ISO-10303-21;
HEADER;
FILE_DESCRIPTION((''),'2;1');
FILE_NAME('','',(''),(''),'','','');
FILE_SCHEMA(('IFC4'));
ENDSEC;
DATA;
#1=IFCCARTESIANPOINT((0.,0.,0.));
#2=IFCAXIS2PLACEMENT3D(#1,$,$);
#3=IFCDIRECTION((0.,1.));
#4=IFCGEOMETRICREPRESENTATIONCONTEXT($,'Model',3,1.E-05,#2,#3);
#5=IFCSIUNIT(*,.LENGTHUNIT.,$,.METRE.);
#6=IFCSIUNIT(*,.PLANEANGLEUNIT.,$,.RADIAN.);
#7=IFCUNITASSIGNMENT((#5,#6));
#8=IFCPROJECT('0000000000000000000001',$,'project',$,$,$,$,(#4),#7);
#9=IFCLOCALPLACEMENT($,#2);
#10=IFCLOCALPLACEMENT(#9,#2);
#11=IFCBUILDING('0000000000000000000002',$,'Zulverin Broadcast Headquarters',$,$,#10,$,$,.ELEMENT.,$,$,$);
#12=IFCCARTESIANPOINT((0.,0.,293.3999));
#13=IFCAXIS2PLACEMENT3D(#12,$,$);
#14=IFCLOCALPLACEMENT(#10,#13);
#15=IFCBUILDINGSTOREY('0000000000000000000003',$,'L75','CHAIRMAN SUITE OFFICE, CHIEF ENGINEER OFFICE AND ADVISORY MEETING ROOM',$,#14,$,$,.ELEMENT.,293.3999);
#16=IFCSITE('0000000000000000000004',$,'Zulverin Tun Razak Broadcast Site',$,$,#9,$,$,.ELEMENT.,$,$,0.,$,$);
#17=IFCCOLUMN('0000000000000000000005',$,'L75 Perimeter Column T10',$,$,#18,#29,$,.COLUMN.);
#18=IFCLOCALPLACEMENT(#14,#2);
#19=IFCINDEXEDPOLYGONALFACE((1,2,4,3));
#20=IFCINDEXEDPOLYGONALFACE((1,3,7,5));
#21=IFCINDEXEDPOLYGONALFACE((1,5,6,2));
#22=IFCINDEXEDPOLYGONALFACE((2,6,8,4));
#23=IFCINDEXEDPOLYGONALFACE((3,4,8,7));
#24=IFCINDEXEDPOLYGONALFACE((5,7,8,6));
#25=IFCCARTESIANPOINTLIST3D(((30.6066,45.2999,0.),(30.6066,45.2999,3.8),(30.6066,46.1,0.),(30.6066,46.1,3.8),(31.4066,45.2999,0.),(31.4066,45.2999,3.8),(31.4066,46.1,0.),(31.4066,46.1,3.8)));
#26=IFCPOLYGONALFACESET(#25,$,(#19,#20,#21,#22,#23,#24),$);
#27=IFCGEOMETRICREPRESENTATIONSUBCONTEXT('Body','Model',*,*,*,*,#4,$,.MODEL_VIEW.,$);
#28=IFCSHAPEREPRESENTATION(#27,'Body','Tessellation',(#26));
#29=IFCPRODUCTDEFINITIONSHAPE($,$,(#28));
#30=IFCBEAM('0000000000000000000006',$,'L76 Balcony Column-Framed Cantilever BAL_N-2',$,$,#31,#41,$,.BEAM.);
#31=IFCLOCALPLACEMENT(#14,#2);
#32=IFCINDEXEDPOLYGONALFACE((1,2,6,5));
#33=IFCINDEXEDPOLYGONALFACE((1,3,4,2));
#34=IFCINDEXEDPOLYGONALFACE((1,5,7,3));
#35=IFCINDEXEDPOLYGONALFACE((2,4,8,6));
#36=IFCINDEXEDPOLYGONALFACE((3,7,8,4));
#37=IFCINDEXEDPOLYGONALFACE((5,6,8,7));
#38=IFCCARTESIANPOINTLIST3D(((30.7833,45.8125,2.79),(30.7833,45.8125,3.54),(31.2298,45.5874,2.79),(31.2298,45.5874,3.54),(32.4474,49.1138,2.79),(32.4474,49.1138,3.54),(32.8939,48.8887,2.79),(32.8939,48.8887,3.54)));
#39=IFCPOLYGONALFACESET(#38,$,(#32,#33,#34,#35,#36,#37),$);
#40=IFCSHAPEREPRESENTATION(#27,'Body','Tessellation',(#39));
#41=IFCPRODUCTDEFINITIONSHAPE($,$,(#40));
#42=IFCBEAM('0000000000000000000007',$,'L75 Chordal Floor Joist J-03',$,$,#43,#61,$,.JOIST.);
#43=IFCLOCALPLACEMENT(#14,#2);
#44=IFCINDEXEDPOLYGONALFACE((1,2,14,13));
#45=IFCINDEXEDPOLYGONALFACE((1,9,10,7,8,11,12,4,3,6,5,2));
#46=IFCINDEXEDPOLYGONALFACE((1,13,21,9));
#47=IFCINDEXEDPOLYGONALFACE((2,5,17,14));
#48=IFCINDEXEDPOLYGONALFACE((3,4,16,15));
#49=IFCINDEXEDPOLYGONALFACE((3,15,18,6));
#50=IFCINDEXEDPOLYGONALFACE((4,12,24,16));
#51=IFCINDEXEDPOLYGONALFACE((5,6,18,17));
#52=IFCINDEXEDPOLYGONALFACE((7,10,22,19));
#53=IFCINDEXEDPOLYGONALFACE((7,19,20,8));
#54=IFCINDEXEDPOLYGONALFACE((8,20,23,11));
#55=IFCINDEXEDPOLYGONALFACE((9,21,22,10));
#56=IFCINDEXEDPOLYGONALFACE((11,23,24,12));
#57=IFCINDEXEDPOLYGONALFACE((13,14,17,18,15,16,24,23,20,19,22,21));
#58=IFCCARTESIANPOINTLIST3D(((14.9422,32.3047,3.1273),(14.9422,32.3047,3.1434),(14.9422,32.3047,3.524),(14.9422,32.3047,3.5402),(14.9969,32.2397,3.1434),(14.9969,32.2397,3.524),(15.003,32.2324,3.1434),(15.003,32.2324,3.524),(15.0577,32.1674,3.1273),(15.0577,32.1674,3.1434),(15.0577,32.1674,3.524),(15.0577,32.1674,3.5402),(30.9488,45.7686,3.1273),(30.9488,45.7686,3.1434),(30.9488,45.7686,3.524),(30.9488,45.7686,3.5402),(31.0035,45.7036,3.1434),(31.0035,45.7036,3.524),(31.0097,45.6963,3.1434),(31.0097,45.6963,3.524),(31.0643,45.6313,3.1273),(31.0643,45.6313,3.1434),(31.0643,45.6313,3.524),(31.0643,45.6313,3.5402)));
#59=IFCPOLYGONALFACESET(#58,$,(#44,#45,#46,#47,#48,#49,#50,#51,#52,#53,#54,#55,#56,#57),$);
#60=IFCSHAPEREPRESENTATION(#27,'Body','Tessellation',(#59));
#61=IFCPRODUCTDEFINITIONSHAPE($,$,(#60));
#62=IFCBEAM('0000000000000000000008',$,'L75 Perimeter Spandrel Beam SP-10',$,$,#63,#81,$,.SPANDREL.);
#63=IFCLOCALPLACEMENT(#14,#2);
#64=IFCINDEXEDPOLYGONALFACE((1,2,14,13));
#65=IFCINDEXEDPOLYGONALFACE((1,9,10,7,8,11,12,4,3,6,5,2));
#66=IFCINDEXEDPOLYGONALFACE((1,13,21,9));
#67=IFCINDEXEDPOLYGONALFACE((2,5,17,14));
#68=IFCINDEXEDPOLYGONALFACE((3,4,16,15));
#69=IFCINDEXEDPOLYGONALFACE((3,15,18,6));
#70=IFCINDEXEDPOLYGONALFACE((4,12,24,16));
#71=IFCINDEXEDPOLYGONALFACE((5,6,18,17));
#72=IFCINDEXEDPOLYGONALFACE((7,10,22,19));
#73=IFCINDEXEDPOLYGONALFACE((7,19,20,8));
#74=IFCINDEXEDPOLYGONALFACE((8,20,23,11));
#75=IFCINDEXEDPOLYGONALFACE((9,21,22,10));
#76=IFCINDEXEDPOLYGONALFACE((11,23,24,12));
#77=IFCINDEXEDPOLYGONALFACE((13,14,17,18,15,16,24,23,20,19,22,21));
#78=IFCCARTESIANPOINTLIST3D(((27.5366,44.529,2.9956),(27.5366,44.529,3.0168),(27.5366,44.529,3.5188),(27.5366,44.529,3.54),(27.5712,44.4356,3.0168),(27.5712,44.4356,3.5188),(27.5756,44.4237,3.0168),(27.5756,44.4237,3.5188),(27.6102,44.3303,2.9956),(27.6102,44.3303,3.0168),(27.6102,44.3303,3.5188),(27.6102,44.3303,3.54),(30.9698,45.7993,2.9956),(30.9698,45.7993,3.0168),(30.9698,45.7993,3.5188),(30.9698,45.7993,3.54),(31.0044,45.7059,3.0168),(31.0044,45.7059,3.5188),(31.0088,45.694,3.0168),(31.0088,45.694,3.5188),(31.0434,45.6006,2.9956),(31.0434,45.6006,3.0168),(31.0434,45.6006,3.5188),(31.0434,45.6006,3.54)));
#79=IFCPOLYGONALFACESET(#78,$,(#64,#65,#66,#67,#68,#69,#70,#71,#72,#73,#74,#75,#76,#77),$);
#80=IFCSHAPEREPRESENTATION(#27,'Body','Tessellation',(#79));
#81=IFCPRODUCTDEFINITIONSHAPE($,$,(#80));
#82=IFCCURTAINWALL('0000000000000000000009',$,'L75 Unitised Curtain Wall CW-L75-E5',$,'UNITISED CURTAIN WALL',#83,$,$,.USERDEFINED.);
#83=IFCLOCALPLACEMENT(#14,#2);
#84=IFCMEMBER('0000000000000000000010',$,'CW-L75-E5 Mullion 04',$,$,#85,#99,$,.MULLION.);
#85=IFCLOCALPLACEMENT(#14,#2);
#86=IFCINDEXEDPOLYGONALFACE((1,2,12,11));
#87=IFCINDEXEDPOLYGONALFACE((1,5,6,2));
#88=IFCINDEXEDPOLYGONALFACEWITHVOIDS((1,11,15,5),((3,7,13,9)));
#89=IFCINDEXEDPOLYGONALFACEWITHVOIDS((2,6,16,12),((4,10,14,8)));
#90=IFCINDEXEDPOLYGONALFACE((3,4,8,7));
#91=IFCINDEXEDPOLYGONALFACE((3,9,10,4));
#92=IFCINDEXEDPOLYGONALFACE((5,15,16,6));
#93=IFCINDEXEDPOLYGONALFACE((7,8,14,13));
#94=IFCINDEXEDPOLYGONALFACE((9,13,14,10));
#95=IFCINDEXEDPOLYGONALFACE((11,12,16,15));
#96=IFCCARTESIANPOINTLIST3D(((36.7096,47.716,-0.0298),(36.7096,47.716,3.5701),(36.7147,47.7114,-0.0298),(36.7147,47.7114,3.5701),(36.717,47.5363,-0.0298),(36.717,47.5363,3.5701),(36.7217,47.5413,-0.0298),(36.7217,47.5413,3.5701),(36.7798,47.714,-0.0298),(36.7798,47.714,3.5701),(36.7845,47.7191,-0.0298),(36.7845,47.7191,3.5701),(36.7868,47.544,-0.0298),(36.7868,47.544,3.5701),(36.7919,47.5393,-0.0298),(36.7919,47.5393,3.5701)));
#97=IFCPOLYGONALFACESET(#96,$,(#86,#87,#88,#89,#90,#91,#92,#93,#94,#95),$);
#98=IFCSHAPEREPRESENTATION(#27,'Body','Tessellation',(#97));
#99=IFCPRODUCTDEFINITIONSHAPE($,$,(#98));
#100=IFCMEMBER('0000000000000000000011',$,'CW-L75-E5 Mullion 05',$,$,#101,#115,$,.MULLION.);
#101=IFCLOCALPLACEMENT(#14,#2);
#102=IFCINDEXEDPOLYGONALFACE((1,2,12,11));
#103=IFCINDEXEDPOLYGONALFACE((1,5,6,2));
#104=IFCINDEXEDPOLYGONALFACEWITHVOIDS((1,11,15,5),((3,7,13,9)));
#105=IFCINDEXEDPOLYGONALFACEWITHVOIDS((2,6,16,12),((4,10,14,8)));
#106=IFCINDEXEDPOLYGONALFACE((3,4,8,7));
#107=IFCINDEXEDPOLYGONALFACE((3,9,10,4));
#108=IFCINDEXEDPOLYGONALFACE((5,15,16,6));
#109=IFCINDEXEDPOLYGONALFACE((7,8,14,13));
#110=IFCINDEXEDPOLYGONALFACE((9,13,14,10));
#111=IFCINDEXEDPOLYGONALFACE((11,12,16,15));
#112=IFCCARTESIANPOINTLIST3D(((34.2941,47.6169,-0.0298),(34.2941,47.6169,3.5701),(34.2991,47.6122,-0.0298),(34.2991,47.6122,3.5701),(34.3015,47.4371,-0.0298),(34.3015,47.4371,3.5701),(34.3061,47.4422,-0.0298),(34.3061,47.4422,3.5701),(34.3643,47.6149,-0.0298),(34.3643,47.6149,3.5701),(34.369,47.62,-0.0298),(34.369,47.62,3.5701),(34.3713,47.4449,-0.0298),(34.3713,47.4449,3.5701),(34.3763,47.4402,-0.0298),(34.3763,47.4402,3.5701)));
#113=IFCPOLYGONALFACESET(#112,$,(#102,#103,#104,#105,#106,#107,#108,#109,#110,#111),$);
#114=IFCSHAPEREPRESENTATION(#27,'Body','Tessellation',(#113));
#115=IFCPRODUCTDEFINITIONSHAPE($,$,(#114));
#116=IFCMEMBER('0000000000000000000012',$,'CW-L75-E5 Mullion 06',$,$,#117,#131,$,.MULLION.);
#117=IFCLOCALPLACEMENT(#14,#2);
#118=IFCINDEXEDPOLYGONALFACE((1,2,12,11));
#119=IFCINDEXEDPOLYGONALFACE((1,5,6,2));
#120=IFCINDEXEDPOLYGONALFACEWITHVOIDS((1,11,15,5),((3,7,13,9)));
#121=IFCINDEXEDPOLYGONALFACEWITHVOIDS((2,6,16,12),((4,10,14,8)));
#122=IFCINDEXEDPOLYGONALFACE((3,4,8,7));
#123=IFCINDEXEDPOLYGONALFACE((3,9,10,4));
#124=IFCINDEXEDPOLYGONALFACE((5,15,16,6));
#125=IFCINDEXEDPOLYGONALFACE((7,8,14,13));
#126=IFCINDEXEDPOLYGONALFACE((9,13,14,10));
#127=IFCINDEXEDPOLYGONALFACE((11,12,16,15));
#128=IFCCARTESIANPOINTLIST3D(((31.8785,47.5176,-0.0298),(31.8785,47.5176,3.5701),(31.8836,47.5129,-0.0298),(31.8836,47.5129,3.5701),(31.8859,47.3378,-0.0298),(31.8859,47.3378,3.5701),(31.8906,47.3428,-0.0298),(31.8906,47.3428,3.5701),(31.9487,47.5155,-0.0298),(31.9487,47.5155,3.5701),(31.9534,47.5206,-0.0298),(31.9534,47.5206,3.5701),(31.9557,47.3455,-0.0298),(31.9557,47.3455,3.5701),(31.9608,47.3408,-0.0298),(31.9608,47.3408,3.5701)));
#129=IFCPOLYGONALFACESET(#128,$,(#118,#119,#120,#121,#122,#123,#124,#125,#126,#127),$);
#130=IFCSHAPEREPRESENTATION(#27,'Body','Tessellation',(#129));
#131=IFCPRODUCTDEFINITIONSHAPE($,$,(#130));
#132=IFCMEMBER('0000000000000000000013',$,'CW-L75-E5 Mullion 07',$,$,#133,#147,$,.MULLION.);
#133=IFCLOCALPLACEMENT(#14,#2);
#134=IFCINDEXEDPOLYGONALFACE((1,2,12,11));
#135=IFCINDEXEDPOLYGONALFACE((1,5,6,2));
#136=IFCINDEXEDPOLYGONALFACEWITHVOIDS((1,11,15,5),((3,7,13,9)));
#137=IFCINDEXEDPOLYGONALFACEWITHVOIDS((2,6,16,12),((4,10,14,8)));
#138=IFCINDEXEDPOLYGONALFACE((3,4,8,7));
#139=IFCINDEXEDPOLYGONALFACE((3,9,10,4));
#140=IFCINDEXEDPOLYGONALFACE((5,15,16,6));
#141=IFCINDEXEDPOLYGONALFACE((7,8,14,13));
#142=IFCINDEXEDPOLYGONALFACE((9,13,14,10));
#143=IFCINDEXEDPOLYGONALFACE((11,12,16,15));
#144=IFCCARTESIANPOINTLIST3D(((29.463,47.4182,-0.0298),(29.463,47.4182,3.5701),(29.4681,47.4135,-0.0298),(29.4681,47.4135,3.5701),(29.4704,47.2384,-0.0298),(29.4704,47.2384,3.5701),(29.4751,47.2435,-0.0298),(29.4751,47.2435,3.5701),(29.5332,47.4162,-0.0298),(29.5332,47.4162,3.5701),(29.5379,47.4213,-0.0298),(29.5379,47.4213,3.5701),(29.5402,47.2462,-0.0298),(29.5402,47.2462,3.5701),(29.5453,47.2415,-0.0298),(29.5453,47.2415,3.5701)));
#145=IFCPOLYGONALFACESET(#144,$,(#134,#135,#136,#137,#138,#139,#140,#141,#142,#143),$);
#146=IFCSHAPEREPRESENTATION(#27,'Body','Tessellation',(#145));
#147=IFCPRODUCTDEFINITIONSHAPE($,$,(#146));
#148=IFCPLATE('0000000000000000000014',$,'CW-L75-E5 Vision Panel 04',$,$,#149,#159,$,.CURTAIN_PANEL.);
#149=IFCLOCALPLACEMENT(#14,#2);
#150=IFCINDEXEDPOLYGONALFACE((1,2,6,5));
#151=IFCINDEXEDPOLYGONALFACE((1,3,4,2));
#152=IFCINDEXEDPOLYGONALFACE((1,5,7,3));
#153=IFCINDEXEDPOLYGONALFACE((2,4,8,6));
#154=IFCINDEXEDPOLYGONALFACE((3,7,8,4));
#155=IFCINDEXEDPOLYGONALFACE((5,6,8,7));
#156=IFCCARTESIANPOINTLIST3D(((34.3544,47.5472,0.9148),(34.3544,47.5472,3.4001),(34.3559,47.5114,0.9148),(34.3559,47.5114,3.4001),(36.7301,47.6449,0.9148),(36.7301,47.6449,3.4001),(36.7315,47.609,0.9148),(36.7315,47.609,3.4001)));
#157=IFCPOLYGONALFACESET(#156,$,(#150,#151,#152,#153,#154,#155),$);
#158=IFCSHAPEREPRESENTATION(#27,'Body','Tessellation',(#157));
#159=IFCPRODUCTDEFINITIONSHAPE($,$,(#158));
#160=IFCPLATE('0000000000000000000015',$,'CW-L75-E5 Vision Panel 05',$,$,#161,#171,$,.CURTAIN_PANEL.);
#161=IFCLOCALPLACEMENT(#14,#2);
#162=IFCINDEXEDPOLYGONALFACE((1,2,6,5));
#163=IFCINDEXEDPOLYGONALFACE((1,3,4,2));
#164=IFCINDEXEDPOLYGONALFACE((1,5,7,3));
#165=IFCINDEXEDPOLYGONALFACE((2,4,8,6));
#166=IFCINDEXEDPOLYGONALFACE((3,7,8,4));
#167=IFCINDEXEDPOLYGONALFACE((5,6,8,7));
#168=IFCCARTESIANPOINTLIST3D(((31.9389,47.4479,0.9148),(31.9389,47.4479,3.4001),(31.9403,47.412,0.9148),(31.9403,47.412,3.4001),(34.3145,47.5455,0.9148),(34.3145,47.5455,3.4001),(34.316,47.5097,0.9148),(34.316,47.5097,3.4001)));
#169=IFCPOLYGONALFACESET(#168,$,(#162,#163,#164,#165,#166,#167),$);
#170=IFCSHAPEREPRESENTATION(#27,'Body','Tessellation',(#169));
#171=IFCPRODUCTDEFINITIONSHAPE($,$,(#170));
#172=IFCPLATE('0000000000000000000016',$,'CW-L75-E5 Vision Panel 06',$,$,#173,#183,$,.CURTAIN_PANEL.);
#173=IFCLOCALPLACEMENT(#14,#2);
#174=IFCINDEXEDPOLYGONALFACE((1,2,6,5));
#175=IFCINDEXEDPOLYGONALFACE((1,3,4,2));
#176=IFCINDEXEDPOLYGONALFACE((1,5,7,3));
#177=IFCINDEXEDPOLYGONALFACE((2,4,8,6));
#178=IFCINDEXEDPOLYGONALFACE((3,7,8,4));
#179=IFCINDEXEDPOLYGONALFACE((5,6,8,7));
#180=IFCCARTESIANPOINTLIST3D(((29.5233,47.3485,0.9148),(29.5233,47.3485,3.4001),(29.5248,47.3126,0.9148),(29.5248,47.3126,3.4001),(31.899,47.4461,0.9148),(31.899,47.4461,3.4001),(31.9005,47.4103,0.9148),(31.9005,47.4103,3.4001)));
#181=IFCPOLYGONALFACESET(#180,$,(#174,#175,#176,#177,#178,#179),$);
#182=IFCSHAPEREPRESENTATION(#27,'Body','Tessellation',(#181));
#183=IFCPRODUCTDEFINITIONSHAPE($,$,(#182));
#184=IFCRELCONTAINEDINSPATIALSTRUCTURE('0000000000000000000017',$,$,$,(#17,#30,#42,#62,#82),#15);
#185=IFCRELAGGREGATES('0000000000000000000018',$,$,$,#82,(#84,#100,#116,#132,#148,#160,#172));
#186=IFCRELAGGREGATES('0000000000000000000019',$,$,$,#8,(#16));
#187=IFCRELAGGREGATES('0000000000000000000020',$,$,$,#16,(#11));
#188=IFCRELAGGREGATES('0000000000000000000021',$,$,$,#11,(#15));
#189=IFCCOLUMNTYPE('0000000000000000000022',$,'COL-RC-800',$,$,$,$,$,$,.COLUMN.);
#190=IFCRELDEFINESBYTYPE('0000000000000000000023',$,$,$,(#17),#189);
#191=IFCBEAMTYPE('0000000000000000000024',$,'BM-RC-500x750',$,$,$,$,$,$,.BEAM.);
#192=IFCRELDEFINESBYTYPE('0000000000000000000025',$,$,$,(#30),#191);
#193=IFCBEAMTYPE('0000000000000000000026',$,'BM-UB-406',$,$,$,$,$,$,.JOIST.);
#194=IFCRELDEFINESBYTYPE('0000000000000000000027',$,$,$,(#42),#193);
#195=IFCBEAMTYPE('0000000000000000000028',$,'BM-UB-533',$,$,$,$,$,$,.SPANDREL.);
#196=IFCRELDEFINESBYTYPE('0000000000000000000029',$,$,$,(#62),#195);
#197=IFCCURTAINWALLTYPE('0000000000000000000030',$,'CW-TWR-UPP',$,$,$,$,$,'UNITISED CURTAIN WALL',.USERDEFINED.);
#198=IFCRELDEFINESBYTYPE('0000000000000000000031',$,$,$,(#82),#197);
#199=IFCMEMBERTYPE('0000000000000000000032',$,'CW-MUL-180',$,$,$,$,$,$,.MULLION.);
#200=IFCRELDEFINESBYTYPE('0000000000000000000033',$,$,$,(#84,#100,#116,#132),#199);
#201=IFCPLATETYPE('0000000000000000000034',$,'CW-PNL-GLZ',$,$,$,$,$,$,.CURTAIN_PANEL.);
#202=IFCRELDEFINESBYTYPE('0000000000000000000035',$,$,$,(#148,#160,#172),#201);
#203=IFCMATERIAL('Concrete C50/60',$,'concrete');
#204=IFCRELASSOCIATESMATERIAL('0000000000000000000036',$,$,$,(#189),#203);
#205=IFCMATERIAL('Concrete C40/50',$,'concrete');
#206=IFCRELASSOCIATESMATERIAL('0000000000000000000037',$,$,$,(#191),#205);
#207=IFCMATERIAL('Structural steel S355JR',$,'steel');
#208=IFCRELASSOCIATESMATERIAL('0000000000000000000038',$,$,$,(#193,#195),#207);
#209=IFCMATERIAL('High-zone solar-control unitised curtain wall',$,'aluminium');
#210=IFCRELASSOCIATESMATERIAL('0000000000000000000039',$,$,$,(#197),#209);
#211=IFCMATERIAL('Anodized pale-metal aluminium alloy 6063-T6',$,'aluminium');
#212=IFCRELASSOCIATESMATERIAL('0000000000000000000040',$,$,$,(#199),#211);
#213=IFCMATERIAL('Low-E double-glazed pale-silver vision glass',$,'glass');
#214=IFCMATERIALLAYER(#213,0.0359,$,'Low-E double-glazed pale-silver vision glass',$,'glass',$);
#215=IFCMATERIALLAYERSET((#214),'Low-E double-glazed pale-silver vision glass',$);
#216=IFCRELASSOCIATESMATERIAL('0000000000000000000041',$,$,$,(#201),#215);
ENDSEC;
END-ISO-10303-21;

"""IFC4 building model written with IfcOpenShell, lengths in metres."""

from ifc_helpers import new_model, si_unit, direction, frame, origin, origin_2d, place, context, subcontext, project, spatial, rectangle, hollow_rectangle, i_section, extrude, material, layer, layer_set, material_profile, profile_set, type_object, element, aggregate, save


model = new_model("IFC4")

# Units and contexts
model_context = context("Model", 3, precision=1e-05, world=origin(), true_north=direction((0.0, 1.0)))
body_context = subcontext(model_context, "Body", "Model", "MODEL_VIEW")
ifc_project = project(units=[si_unit("LENGTHUNIT", "METRE"), si_unit("PLANEANGLEUNIT", "RADIAN")], contexts=[model_context])

# Site, building, storey
site_placement = place(None, origin())
site = spatial("IfcSite", under=ifc_project, at=site_placement, Name="Zulverin Tun Razak Broadcast Site", CompositionType="ELEMENT", RefElevation=0.0)
building_placement = place(site_placement, origin())
building = spatial("IfcBuilding", under=site, at=building_placement, Name="Zulverin Broadcast Headquarters", CompositionType="ELEMENT")
storey_placement = place(building_placement, frame((0.0, 0.0, 293.3999)))
storey = spatial("IfcBuildingStorey", under=building, at=storey_placement, Name="L75", Description="CHAIRMAN SUITE OFFICE, CHIEF ENGINEER OFFICE AND ADVISORY MEETING ROOM", CompositionType="ELEMENT", Elevation=293.3999)

# Column
ifc_material_1 = material(Name="Concrete C50/60", Category="concrete")
ifc_material_profile_1 = material_profile(ifc_material_1, rectangle(XDim=0.8, YDim=0.8, at=origin_2d()), Name="Concrete C50/60", Category="concrete")
ifc_profile_set_1 = profile_set([ifc_material_profile_1], Name="Concrete C50/60")
column_type = type_object("IfcColumnType", Name="COL-RC-800", PredefinedType="COLUMN", material=ifc_profile_set_1)
column_placement = place(storey_placement, frame((31.0066, 45.7, 0.0), z_axis=(0.0, 0.0, 1.0), x_axis=(1.0, 0.0, 0.0)))
element("IfcColumn", 1, at=column_placement, inside=storey, type_object=column_type, Name="L75 Perimeter Column T10", PredefinedType="COLUMN", context=body_context, shape_type="SweptSolid", body=[
    extrude(rectangle(XDim=0.8, YDim=0.8, at=origin_2d()), origin(), (0.0, 0.0, 1.0), 3.8),
])

# Beams
ifc_material_2 = material(Name="Concrete C40/50", Category="concrete")
ifc_material_profile_2 = material_profile(ifc_material_2, rectangle(XDim=0.5, YDim=0.75, at=origin_2d()), Name="Concrete C40/50", Category="concrete")
ifc_profile_set_2 = profile_set([ifc_material_profile_2], Name="Concrete C40/50")
beam_type_1 = type_object("IfcBeamType", Name="BM-RC-500x750", PredefinedType="BEAM", material=ifc_profile_set_2)
beam_1_placement = place(storey_placement, frame((31.0066, 45.7, 3.165), z_axis=(0.450117, 0.89297, 0.0), x_axis=(-0.89297, 0.450117, 0.0)))
element("IfcBeam", 2, at=beam_1_placement, inside=storey, type_object=beam_type_1, Name="L76 Balcony Column-Framed Cantilever BAL_N-2", PredefinedType="BEAM", context=body_context, shape_type="SweptSolid", body=[
    extrude(rectangle(XDim=0.5, YDim=0.75, at=origin_2d()), origin(), (0.0, 0.0, 1.0), 3.697),
])
ifc_material_3 = material(Name="Structural steel S355JR", Category="steel")
ifc_material_profile_3 = material_profile(ifc_material_3, i_section(OverallWidth=0.1794, OverallDepth=0.4128, WebThickness=0.0095, FlangeThickness=0.0161, at=origin_2d()), Name="Structural steel S355JR", Category="steel")
ifc_profile_set_3 = profile_set([ifc_material_profile_3], Name="Structural steel S355JR")
beam_type_2 = type_object("IfcBeamType", Name="BM-UB-406", PredefinedType="JOIST", material=ifc_profile_set_3)
beam_2_placement = place(storey_placement, frame((31.0066, 45.7, 3.3337), z_axis=(-0.765273, -0.643706, 0.0), x_axis=(0.643706, -0.765273, 0.0)))
element("IfcBeam", 3, at=beam_2_placement, inside=storey, type_object=beam_type_2, Name="L75 Chordal Floor Joist J-03", PredefinedType="JOIST", context=body_context, shape_type="SweptSolid", body=[
    extrude(i_section(OverallWidth=0.1794, OverallDepth=0.4128, WebThickness=0.0095, FlangeThickness=0.0161, at=origin_2d()), origin(), (0.0, 0.0, 1.0), 20.9163),
])
ifc_material_profile_4 = material_profile(ifc_material_3, i_section(OverallWidth=0.2119, OverallDepth=0.5444, WebThickness=0.0127, FlangeThickness=0.0212, at=origin_2d()), Name="Structural steel S355JR", Category="steel")
ifc_profile_set_4 = profile_set([ifc_material_profile_4], Name="Structural steel S355JR")
beam_type_3 = type_object("IfcBeamType", Name="BM-UB-533", PredefinedType="SPANDREL", material=ifc_profile_set_4)
beam_3_placement = place(storey_placement, frame((31.0066, 45.7, 3.2678), z_axis=(-0.937861, -0.347012, 0.0), x_axis=(0.347012, -0.937861, 0.0)))
element("IfcBeam", 4, at=beam_3_placement, inside=storey, type_object=beam_type_3, Name="L75 Perimeter Spandrel Beam SP-10", PredefinedType="SPANDREL", context=body_context, shape_type="SweptSolid", body=[
    extrude(i_section(OverallWidth=0.2119, OverallDepth=0.5444, WebThickness=0.0127, FlangeThickness=0.0212, at=origin_2d()), origin(), (0.0, 0.0, 1.0), 3.6606),
])

# Curtain wall, members, plates
ifc_material_4 = material(Name="High-zone solar-control unitised curtain wall", Category="aluminium")
curtain_wall_type = type_object("IfcCurtainWallType", Name="CW-TWR-UPP", ElementType="UNITISED CURTAIN WALL", PredefinedType="USERDEFINED", material=ifc_material_4)
curtain_wall_placement = place(storey_placement, origin())
curtain_wall = element("IfcCurtainWall", 5, at=curtain_wall_placement, inside=storey, type_object=curtain_wall_type, Name="L75 Unitised Curtain Wall CW-L75-E5", ObjectType="UNITISED CURTAIN WALL", PredefinedType="USERDEFINED")
ifc_material_5 = material(Name="Anodized pale-metal aluminium alloy 6063-T6", Category="aluminium")
ifc_material_profile_5 = material_profile(ifc_material_5, hollow_rectangle(XDim=0.075, YDim=0.1799, WallThickness=0.0049, at=origin_2d()), Name="Anodized pale-metal aluminium alloy 6063-T6", Category="aluminium")
ifc_profile_set_5 = profile_set([ifc_material_profile_5], Name="Anodized pale-metal aluminium alloy 6063-T6")
member_type = type_object("IfcMemberType", Name="CW-MUL-180", PredefinedType="MULLION", material=ifc_profile_set_5)
member_1_placement = place(storey_placement, frame((36.7507, 47.6277, -0.0298), z_axis=(0.0, 0.0, 1.0), x_axis=(-0.999156, -0.041068, 0.0)))
member_1 = element("IfcMember", 6, at=member_1_placement, type_object=member_type, Name="CW-L75-E5 Mullion 04", PredefinedType="MULLION", context=body_context, shape_type="SweptSolid", body=[
    extrude(hollow_rectangle(XDim=0.075, YDim=0.1799, WallThickness=0.0049, at=origin_2d()), origin(), (0.0, 0.0, 1.0), 3.5999),
])
member_2_placement = place(storey_placement, frame((34.3352, 47.5286, -0.0298), z_axis=(0.0, 0.0, 1.0), x_axis=(-0.999156, -0.041068, 0.0)))
member_2 = element("IfcMember", 7, at=member_2_placement, type_object=member_type, Name="CW-L75-E5 Mullion 05", PredefinedType="MULLION", context=body_context, shape_type="SweptSolid", body=[
    extrude(hollow_rectangle(XDim=0.075, YDim=0.1799, WallThickness=0.0049, at=origin_2d()), origin(), (0.0, 0.0, 1.0), 3.5999),
])
member_3_placement = place(storey_placement, frame((31.9197, 47.4292, -0.0298), z_axis=(0.0, 0.0, 1.0), x_axis=(-0.999156, -0.041068, 0.0)))
member_3 = element("IfcMember", 8, at=member_3_placement, type_object=member_type, Name="CW-L75-E5 Mullion 06", PredefinedType="MULLION", context=body_context, shape_type="SweptSolid", body=[
    extrude(hollow_rectangle(XDim=0.075, YDim=0.1799, WallThickness=0.0049, at=origin_2d()), origin(), (0.0, 0.0, 1.0), 3.5999),
])
member_4_placement = place(storey_placement, frame((29.5042, 47.3298, -0.0298), z_axis=(0.0, 0.0, 1.0), x_axis=(-0.999156, -0.041068, 0.0)))
member_4 = element("IfcMember", 9, at=member_4_placement, type_object=member_type, Name="CW-L75-E5 Mullion 07", PredefinedType="MULLION", context=body_context, shape_type="SweptSolid", body=[
    extrude(hollow_rectangle(XDim=0.075, YDim=0.1799, WallThickness=0.0049, at=origin_2d()), origin(), (0.0, 0.0, 1.0), 3.5999),
])
ifc_material_6 = material(Name="Low-E double-glazed pale-silver vision glass", Category="glass")
ifc_layer_1 = layer(ifc_material_6, 0.0359, Name="Low-E double-glazed pale-silver vision glass", Category="glass")
ifc_layer_set_1 = layer_set([ifc_layer_1], Name="Low-E double-glazed pale-silver vision glass")
plate_type_1 = type_object("IfcPlateType", Name="CW-PNL-GLZ", PredefinedType="CURTAIN_PANEL", material=ifc_layer_set_1)
plate_1_placement = place(storey_placement, frame((35.543, 47.5781, 0.9148), z_axis=(0.0, 0.0, 1.0), x_axis=(-0.999156, -0.041068, 0.0)))
plate_1 = element("IfcPlate", 10, at=plate_1_placement, type_object=plate_type_1, Name="CW-L75-E5 Vision Panel 04", PredefinedType="CURTAIN_PANEL", context=body_context, shape_type="SweptSolid", body=[
    extrude(rectangle(XDim=2.3777, YDim=0.0359, at=origin_2d()), origin(), (0.0, 0.0, 1.0), 2.4854),
])
plate_2_placement = place(storey_placement, frame((33.1274, 47.4788, 0.9148), z_axis=(0.0, 0.0, 1.0), x_axis=(-0.999156, -0.041068, 0.0)))
plate_2 = element("IfcPlate", 11, at=plate_2_placement, type_object=plate_type_1, Name="CW-L75-E5 Vision Panel 05", PredefinedType="CURTAIN_PANEL", context=body_context, shape_type="SweptSolid", body=[
    extrude(rectangle(XDim=2.3777, YDim=0.0359, at=origin_2d()), origin(), (0.0, 0.0, 1.0), 2.4854),
])
plate_3_placement = place(storey_placement, frame((30.7119, 47.3794, 0.9148), z_axis=(0.0, 0.0, 1.0), x_axis=(-0.999156, -0.041068, 0.0)))
plate_3 = element("IfcPlate", 12, at=plate_3_placement, type_object=plate_type_1, Name="CW-L75-E5 Vision Panel 06", PredefinedType="CURTAIN_PANEL", context=body_context, shape_type="SweptSolid", body=[
    extrude(rectangle(XDim=2.3777, YDim=0.0359, at=origin_2d()), origin(), (0.0, 0.0, 1.0), 2.4854),
])
aggregate(curtain_wall, [member_1, member_2, member_3, member_4, plate_1, plate_2, plate_3])

save(model, "model.ifc")
